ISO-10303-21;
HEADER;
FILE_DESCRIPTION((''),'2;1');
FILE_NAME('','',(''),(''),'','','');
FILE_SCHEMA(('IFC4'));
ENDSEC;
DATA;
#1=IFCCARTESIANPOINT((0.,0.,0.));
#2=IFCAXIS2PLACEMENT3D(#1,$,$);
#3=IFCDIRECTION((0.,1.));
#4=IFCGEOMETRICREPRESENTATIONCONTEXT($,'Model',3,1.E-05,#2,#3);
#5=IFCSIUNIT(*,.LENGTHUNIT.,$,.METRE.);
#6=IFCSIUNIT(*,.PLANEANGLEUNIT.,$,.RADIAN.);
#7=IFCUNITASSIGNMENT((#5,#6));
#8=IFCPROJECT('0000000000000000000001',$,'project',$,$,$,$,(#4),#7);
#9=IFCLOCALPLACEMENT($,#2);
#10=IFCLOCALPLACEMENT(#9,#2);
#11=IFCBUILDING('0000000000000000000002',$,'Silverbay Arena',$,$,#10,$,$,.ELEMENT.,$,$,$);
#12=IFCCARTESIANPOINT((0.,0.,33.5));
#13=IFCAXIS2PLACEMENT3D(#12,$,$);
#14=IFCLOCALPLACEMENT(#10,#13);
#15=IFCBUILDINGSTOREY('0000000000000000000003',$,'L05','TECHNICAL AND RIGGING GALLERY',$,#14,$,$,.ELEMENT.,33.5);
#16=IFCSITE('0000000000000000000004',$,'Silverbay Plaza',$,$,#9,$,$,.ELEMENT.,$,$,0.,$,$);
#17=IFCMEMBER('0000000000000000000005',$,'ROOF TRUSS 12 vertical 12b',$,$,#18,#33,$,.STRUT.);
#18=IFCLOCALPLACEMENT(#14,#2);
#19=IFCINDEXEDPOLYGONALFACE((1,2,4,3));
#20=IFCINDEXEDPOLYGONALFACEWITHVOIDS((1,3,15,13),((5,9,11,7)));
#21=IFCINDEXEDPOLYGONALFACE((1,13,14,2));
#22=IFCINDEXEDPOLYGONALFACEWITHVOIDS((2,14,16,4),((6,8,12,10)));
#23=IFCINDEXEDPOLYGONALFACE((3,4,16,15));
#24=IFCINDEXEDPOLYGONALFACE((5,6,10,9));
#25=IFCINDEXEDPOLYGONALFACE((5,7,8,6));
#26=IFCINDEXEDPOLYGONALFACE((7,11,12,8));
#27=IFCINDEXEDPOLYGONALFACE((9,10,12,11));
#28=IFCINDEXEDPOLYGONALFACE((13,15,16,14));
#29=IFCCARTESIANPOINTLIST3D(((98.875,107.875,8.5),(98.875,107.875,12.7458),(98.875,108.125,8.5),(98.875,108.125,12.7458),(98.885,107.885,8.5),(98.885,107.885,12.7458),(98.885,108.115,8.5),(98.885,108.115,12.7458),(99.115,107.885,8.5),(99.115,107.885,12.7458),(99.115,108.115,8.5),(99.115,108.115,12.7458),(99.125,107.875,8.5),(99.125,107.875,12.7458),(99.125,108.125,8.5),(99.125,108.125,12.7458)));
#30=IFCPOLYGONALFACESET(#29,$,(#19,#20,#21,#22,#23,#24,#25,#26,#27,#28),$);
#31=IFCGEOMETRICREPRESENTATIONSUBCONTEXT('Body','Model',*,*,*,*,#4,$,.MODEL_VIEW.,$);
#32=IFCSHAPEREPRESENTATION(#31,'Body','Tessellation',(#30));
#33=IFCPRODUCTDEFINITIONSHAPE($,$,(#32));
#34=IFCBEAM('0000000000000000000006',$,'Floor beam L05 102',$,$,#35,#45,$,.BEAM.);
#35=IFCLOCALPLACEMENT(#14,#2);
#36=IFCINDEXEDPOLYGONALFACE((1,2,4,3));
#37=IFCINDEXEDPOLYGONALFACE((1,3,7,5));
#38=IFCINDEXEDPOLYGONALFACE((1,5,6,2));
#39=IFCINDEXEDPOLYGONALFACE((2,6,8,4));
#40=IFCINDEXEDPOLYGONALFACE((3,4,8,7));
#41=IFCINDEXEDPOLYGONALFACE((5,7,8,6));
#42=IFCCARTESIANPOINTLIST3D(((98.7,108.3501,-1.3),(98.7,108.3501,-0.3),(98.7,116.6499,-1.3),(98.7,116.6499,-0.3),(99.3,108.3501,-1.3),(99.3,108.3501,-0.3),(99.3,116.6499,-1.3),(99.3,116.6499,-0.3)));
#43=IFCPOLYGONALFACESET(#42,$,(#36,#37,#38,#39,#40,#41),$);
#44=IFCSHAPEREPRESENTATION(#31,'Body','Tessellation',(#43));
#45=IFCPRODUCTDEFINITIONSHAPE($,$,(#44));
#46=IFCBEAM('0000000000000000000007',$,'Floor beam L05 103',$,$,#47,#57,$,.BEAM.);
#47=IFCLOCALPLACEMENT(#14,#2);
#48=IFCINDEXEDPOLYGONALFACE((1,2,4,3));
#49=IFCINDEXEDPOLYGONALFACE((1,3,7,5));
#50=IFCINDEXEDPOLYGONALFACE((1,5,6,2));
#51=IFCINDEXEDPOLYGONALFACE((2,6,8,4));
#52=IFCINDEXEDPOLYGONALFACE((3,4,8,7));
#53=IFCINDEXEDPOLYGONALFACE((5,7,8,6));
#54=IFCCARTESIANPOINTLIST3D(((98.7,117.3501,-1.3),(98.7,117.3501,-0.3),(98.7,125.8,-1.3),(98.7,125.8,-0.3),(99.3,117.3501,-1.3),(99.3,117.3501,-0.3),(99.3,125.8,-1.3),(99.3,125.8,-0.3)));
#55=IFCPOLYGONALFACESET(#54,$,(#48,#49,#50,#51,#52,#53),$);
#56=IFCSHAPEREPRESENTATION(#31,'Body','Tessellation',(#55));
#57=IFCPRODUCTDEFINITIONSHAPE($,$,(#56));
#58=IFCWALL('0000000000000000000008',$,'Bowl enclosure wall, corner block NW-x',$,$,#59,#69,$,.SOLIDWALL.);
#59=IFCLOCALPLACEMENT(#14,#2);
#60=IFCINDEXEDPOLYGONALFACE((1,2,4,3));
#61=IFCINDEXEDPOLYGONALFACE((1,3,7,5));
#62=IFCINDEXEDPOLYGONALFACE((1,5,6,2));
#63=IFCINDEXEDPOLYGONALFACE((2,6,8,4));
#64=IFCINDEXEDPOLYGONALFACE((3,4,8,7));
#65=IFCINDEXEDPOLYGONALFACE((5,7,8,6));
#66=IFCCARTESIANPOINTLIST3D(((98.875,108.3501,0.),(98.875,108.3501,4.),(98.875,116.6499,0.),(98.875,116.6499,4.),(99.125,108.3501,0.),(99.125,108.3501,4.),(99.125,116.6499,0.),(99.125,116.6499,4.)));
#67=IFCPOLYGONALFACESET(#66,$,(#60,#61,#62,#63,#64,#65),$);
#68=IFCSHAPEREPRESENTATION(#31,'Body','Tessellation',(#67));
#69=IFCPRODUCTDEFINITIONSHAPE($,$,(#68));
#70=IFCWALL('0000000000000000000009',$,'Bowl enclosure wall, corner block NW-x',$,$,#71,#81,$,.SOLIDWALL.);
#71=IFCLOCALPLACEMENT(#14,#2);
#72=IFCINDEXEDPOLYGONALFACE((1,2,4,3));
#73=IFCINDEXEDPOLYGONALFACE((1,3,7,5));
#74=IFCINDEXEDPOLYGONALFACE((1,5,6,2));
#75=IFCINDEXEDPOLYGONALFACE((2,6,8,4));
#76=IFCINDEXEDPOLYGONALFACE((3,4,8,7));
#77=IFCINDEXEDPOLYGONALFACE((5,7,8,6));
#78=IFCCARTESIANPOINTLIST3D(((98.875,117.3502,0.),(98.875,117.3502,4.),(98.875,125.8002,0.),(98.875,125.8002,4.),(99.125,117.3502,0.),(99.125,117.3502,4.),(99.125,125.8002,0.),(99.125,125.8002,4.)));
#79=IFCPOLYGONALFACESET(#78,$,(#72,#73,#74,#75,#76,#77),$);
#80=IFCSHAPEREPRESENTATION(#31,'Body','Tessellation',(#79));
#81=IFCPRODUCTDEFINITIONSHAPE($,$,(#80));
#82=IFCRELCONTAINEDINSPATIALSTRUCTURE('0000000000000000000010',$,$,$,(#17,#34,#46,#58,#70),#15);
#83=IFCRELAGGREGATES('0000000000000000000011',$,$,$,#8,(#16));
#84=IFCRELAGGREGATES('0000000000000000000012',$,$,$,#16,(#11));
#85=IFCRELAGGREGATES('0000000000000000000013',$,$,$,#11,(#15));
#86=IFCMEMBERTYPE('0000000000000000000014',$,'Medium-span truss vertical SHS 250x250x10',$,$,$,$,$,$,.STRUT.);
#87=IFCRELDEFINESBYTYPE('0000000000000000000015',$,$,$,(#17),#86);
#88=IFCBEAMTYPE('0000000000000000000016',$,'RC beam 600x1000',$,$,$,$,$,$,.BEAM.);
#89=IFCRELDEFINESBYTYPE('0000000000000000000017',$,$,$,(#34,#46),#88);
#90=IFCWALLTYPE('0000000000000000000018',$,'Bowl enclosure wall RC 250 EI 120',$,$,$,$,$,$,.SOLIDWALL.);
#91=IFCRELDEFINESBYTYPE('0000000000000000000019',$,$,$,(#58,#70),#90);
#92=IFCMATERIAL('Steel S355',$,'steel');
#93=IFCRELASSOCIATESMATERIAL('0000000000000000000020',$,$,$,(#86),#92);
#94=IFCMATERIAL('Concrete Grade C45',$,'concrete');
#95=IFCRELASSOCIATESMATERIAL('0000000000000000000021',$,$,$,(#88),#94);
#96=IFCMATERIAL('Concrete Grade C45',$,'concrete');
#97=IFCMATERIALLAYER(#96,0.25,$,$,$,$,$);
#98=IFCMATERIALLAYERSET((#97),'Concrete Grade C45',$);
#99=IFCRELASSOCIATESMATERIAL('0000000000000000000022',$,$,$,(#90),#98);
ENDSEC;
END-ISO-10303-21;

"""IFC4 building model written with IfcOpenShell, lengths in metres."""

from ifc_helpers import new_model, si_unit, direction, frame, frame_2d, origin, origin_2d, place, context, subcontext, project, spatial, rectangle, hollow_rectangle, extrude, material, layer, layer_set, material_profile, profile_set, type_object, element, save


model = new_model("IFC4")

# Units and contexts
model_context = context("Model", 3, precision=1e-05, world=origin(), true_north=direction((0.0, 1.0)))
body_context = subcontext(model_context, "Body", "Model", "MODEL_VIEW")
ifc_project = project(units=[si_unit("LENGTHUNIT", "METRE"), si_unit("PLANEANGLEUNIT", "RADIAN")], contexts=[model_context])

# Site, building, storey
site_placement = place(None, origin())
site = spatial("IfcSite", under=ifc_project, at=site_placement, Name="Silverbay Plaza", CompositionType="ELEMENT", RefElevation=0.0)
building_placement = place(site_placement, origin())
building = spatial("IfcBuilding", under=site, at=building_placement, Name="Silverbay Arena", CompositionType="ELEMENT")
storey_placement = place(building_placement, frame((0.0, 0.0, 33.5)))
storey = spatial("IfcBuildingStorey", under=building, at=storey_placement, Name="L05", Description="TECHNICAL AND RIGGING GALLERY", CompositionType="ELEMENT", Elevation=33.5)

# Member
ifc_material_1 = material(Name="Steel S355", Category="steel")
ifc_material_profile_1 = material_profile(ifc_material_1, hollow_rectangle(XDim=0.25, YDim=0.25, WallThickness=0.01, at=origin_2d()), Name="SHS 250x250x10")
ifc_profile_set_1 = profile_set([ifc_material_profile_1], Name="Steel S355")
member_type_1 = type_object("IfcMemberType", Name="Medium-span truss vertical SHS 250x250x10", PredefinedType="STRUT", material=ifc_profile_set_1)
for number, where, z_axis, x_axis, name in (
    (1, (99.0, 108.0, 8.5), (0.0, 0.0, 1.0), (1.0, 0.0, 0.0), "ROOF TRUSS 12 vertical 12b"),
):
    element("IfcMember", number, at=place(storey_placement, frame(where, z_axis=z_axis, x_axis=x_axis)), inside=storey, type_object=member_type_1, Name=name, PredefinedType="STRUT", context=body_context, shape_type="SweptSolid", body=[
        extrude(hollow_rectangle(XDim=0.25, YDim=0.25, WallThickness=0.01, at=origin_2d()), origin(), (0.0, 0.0, 1.0), 4.2458),
    ])

# Beams
ifc_material_2 = material(Name="Concrete Grade C45", Category="concrete")
ifc_material_profile_2 = material_profile(ifc_material_2, rectangle(XDim=0.6001, YDim=1.0, at=origin_2d()), Name="RC 600x1000")
ifc_profile_set_2 = profile_set([ifc_material_profile_2], Name="Concrete Grade C45")
beam_type = type_object("IfcBeamType", Name="RC beam 600x1000", PredefinedType="BEAM", material=ifc_profile_set_2)
beam_1_placement = place(storey_placement, frame((99.0, 108.3501, -0.8), z_axis=(0.0, 1.0, 0.0), x_axis=(-1.0, 0.0, 0.0)))
element("IfcBeam", 2, at=beam_1_placement, inside=storey, type_object=beam_type, Name="Floor beam L05 102", PredefinedType="BEAM", context=body_context, shape_type="SweptSolid", body=[
    extrude(rectangle(XDim=0.6001, YDim=1.0, at=origin_2d()), origin(), (0.0, 0.0, 1.0), 8.2998),
])
beam_2_placement = place(storey_placement, frame((99.0, 117.3501, -0.8), z_axis=(0.0, 1.0, 0.0), x_axis=(-1.0, 0.0, 0.0)))
element("IfcBeam", 3, at=beam_2_placement, inside=storey, type_object=beam_type, Name="Floor beam L05 103", PredefinedType="BEAM", context=body_context, shape_type="SweptSolid", body=[
    extrude(rectangle(XDim=0.6001, YDim=1.0, at=origin_2d()), origin(), (0.0, 0.0, 1.0), 8.45),
])

# Walls
ifc_material_3 = material(Name="Concrete Grade C45", Category="concrete")
ifc_layer = layer(ifc_material_3, 0.25)
ifc_layer_set = layer_set([ifc_layer], Name="Concrete Grade C45")
wall_type = type_object("IfcWallType", Name="Bowl enclosure wall RC 250 EI 120", PredefinedType="SOLIDWALL", material=ifc_layer_set)
wall_1_placement = place(storey_placement, frame((99.0, 108.3501, 0.0), z_axis=(0.0, 0.0, 1.0), x_axis=(0.0, 1.0, 0.0)))
element("IfcWall", 4, at=wall_1_placement, inside=storey, type_object=wall_type, Name="Bowl enclosure wall, corner block NW-x", PredefinedType="SOLIDWALL", context=body_context, shape_type="SweptSolid", body=[
    extrude(rectangle(XDim=8.2998, YDim=0.25, at=frame_2d((4.1499, 0.0))), origin(), (0.0, 0.0, 1.0), 4.0),
])
wall_2_placement = place(storey_placement, frame((99.0, 117.3501, 0.0), z_axis=(0.0, 0.0, 1.0), x_axis=(0.0, 1.0, 0.0)))
element("IfcWall", 5, at=wall_2_placement, inside=storey, type_object=wall_type, Name="Bowl enclosure wall, corner block NW-x", PredefinedType="SOLIDWALL", context=body_context, shape_type="SweptSolid", body=[
    extrude(rectangle(XDim=8.45, YDim=0.25, at=frame_2d((4.2251, 0.0))), origin(), (0.0, 0.0, 1.0), 4.0),
])

save(model, "model.ifc")
